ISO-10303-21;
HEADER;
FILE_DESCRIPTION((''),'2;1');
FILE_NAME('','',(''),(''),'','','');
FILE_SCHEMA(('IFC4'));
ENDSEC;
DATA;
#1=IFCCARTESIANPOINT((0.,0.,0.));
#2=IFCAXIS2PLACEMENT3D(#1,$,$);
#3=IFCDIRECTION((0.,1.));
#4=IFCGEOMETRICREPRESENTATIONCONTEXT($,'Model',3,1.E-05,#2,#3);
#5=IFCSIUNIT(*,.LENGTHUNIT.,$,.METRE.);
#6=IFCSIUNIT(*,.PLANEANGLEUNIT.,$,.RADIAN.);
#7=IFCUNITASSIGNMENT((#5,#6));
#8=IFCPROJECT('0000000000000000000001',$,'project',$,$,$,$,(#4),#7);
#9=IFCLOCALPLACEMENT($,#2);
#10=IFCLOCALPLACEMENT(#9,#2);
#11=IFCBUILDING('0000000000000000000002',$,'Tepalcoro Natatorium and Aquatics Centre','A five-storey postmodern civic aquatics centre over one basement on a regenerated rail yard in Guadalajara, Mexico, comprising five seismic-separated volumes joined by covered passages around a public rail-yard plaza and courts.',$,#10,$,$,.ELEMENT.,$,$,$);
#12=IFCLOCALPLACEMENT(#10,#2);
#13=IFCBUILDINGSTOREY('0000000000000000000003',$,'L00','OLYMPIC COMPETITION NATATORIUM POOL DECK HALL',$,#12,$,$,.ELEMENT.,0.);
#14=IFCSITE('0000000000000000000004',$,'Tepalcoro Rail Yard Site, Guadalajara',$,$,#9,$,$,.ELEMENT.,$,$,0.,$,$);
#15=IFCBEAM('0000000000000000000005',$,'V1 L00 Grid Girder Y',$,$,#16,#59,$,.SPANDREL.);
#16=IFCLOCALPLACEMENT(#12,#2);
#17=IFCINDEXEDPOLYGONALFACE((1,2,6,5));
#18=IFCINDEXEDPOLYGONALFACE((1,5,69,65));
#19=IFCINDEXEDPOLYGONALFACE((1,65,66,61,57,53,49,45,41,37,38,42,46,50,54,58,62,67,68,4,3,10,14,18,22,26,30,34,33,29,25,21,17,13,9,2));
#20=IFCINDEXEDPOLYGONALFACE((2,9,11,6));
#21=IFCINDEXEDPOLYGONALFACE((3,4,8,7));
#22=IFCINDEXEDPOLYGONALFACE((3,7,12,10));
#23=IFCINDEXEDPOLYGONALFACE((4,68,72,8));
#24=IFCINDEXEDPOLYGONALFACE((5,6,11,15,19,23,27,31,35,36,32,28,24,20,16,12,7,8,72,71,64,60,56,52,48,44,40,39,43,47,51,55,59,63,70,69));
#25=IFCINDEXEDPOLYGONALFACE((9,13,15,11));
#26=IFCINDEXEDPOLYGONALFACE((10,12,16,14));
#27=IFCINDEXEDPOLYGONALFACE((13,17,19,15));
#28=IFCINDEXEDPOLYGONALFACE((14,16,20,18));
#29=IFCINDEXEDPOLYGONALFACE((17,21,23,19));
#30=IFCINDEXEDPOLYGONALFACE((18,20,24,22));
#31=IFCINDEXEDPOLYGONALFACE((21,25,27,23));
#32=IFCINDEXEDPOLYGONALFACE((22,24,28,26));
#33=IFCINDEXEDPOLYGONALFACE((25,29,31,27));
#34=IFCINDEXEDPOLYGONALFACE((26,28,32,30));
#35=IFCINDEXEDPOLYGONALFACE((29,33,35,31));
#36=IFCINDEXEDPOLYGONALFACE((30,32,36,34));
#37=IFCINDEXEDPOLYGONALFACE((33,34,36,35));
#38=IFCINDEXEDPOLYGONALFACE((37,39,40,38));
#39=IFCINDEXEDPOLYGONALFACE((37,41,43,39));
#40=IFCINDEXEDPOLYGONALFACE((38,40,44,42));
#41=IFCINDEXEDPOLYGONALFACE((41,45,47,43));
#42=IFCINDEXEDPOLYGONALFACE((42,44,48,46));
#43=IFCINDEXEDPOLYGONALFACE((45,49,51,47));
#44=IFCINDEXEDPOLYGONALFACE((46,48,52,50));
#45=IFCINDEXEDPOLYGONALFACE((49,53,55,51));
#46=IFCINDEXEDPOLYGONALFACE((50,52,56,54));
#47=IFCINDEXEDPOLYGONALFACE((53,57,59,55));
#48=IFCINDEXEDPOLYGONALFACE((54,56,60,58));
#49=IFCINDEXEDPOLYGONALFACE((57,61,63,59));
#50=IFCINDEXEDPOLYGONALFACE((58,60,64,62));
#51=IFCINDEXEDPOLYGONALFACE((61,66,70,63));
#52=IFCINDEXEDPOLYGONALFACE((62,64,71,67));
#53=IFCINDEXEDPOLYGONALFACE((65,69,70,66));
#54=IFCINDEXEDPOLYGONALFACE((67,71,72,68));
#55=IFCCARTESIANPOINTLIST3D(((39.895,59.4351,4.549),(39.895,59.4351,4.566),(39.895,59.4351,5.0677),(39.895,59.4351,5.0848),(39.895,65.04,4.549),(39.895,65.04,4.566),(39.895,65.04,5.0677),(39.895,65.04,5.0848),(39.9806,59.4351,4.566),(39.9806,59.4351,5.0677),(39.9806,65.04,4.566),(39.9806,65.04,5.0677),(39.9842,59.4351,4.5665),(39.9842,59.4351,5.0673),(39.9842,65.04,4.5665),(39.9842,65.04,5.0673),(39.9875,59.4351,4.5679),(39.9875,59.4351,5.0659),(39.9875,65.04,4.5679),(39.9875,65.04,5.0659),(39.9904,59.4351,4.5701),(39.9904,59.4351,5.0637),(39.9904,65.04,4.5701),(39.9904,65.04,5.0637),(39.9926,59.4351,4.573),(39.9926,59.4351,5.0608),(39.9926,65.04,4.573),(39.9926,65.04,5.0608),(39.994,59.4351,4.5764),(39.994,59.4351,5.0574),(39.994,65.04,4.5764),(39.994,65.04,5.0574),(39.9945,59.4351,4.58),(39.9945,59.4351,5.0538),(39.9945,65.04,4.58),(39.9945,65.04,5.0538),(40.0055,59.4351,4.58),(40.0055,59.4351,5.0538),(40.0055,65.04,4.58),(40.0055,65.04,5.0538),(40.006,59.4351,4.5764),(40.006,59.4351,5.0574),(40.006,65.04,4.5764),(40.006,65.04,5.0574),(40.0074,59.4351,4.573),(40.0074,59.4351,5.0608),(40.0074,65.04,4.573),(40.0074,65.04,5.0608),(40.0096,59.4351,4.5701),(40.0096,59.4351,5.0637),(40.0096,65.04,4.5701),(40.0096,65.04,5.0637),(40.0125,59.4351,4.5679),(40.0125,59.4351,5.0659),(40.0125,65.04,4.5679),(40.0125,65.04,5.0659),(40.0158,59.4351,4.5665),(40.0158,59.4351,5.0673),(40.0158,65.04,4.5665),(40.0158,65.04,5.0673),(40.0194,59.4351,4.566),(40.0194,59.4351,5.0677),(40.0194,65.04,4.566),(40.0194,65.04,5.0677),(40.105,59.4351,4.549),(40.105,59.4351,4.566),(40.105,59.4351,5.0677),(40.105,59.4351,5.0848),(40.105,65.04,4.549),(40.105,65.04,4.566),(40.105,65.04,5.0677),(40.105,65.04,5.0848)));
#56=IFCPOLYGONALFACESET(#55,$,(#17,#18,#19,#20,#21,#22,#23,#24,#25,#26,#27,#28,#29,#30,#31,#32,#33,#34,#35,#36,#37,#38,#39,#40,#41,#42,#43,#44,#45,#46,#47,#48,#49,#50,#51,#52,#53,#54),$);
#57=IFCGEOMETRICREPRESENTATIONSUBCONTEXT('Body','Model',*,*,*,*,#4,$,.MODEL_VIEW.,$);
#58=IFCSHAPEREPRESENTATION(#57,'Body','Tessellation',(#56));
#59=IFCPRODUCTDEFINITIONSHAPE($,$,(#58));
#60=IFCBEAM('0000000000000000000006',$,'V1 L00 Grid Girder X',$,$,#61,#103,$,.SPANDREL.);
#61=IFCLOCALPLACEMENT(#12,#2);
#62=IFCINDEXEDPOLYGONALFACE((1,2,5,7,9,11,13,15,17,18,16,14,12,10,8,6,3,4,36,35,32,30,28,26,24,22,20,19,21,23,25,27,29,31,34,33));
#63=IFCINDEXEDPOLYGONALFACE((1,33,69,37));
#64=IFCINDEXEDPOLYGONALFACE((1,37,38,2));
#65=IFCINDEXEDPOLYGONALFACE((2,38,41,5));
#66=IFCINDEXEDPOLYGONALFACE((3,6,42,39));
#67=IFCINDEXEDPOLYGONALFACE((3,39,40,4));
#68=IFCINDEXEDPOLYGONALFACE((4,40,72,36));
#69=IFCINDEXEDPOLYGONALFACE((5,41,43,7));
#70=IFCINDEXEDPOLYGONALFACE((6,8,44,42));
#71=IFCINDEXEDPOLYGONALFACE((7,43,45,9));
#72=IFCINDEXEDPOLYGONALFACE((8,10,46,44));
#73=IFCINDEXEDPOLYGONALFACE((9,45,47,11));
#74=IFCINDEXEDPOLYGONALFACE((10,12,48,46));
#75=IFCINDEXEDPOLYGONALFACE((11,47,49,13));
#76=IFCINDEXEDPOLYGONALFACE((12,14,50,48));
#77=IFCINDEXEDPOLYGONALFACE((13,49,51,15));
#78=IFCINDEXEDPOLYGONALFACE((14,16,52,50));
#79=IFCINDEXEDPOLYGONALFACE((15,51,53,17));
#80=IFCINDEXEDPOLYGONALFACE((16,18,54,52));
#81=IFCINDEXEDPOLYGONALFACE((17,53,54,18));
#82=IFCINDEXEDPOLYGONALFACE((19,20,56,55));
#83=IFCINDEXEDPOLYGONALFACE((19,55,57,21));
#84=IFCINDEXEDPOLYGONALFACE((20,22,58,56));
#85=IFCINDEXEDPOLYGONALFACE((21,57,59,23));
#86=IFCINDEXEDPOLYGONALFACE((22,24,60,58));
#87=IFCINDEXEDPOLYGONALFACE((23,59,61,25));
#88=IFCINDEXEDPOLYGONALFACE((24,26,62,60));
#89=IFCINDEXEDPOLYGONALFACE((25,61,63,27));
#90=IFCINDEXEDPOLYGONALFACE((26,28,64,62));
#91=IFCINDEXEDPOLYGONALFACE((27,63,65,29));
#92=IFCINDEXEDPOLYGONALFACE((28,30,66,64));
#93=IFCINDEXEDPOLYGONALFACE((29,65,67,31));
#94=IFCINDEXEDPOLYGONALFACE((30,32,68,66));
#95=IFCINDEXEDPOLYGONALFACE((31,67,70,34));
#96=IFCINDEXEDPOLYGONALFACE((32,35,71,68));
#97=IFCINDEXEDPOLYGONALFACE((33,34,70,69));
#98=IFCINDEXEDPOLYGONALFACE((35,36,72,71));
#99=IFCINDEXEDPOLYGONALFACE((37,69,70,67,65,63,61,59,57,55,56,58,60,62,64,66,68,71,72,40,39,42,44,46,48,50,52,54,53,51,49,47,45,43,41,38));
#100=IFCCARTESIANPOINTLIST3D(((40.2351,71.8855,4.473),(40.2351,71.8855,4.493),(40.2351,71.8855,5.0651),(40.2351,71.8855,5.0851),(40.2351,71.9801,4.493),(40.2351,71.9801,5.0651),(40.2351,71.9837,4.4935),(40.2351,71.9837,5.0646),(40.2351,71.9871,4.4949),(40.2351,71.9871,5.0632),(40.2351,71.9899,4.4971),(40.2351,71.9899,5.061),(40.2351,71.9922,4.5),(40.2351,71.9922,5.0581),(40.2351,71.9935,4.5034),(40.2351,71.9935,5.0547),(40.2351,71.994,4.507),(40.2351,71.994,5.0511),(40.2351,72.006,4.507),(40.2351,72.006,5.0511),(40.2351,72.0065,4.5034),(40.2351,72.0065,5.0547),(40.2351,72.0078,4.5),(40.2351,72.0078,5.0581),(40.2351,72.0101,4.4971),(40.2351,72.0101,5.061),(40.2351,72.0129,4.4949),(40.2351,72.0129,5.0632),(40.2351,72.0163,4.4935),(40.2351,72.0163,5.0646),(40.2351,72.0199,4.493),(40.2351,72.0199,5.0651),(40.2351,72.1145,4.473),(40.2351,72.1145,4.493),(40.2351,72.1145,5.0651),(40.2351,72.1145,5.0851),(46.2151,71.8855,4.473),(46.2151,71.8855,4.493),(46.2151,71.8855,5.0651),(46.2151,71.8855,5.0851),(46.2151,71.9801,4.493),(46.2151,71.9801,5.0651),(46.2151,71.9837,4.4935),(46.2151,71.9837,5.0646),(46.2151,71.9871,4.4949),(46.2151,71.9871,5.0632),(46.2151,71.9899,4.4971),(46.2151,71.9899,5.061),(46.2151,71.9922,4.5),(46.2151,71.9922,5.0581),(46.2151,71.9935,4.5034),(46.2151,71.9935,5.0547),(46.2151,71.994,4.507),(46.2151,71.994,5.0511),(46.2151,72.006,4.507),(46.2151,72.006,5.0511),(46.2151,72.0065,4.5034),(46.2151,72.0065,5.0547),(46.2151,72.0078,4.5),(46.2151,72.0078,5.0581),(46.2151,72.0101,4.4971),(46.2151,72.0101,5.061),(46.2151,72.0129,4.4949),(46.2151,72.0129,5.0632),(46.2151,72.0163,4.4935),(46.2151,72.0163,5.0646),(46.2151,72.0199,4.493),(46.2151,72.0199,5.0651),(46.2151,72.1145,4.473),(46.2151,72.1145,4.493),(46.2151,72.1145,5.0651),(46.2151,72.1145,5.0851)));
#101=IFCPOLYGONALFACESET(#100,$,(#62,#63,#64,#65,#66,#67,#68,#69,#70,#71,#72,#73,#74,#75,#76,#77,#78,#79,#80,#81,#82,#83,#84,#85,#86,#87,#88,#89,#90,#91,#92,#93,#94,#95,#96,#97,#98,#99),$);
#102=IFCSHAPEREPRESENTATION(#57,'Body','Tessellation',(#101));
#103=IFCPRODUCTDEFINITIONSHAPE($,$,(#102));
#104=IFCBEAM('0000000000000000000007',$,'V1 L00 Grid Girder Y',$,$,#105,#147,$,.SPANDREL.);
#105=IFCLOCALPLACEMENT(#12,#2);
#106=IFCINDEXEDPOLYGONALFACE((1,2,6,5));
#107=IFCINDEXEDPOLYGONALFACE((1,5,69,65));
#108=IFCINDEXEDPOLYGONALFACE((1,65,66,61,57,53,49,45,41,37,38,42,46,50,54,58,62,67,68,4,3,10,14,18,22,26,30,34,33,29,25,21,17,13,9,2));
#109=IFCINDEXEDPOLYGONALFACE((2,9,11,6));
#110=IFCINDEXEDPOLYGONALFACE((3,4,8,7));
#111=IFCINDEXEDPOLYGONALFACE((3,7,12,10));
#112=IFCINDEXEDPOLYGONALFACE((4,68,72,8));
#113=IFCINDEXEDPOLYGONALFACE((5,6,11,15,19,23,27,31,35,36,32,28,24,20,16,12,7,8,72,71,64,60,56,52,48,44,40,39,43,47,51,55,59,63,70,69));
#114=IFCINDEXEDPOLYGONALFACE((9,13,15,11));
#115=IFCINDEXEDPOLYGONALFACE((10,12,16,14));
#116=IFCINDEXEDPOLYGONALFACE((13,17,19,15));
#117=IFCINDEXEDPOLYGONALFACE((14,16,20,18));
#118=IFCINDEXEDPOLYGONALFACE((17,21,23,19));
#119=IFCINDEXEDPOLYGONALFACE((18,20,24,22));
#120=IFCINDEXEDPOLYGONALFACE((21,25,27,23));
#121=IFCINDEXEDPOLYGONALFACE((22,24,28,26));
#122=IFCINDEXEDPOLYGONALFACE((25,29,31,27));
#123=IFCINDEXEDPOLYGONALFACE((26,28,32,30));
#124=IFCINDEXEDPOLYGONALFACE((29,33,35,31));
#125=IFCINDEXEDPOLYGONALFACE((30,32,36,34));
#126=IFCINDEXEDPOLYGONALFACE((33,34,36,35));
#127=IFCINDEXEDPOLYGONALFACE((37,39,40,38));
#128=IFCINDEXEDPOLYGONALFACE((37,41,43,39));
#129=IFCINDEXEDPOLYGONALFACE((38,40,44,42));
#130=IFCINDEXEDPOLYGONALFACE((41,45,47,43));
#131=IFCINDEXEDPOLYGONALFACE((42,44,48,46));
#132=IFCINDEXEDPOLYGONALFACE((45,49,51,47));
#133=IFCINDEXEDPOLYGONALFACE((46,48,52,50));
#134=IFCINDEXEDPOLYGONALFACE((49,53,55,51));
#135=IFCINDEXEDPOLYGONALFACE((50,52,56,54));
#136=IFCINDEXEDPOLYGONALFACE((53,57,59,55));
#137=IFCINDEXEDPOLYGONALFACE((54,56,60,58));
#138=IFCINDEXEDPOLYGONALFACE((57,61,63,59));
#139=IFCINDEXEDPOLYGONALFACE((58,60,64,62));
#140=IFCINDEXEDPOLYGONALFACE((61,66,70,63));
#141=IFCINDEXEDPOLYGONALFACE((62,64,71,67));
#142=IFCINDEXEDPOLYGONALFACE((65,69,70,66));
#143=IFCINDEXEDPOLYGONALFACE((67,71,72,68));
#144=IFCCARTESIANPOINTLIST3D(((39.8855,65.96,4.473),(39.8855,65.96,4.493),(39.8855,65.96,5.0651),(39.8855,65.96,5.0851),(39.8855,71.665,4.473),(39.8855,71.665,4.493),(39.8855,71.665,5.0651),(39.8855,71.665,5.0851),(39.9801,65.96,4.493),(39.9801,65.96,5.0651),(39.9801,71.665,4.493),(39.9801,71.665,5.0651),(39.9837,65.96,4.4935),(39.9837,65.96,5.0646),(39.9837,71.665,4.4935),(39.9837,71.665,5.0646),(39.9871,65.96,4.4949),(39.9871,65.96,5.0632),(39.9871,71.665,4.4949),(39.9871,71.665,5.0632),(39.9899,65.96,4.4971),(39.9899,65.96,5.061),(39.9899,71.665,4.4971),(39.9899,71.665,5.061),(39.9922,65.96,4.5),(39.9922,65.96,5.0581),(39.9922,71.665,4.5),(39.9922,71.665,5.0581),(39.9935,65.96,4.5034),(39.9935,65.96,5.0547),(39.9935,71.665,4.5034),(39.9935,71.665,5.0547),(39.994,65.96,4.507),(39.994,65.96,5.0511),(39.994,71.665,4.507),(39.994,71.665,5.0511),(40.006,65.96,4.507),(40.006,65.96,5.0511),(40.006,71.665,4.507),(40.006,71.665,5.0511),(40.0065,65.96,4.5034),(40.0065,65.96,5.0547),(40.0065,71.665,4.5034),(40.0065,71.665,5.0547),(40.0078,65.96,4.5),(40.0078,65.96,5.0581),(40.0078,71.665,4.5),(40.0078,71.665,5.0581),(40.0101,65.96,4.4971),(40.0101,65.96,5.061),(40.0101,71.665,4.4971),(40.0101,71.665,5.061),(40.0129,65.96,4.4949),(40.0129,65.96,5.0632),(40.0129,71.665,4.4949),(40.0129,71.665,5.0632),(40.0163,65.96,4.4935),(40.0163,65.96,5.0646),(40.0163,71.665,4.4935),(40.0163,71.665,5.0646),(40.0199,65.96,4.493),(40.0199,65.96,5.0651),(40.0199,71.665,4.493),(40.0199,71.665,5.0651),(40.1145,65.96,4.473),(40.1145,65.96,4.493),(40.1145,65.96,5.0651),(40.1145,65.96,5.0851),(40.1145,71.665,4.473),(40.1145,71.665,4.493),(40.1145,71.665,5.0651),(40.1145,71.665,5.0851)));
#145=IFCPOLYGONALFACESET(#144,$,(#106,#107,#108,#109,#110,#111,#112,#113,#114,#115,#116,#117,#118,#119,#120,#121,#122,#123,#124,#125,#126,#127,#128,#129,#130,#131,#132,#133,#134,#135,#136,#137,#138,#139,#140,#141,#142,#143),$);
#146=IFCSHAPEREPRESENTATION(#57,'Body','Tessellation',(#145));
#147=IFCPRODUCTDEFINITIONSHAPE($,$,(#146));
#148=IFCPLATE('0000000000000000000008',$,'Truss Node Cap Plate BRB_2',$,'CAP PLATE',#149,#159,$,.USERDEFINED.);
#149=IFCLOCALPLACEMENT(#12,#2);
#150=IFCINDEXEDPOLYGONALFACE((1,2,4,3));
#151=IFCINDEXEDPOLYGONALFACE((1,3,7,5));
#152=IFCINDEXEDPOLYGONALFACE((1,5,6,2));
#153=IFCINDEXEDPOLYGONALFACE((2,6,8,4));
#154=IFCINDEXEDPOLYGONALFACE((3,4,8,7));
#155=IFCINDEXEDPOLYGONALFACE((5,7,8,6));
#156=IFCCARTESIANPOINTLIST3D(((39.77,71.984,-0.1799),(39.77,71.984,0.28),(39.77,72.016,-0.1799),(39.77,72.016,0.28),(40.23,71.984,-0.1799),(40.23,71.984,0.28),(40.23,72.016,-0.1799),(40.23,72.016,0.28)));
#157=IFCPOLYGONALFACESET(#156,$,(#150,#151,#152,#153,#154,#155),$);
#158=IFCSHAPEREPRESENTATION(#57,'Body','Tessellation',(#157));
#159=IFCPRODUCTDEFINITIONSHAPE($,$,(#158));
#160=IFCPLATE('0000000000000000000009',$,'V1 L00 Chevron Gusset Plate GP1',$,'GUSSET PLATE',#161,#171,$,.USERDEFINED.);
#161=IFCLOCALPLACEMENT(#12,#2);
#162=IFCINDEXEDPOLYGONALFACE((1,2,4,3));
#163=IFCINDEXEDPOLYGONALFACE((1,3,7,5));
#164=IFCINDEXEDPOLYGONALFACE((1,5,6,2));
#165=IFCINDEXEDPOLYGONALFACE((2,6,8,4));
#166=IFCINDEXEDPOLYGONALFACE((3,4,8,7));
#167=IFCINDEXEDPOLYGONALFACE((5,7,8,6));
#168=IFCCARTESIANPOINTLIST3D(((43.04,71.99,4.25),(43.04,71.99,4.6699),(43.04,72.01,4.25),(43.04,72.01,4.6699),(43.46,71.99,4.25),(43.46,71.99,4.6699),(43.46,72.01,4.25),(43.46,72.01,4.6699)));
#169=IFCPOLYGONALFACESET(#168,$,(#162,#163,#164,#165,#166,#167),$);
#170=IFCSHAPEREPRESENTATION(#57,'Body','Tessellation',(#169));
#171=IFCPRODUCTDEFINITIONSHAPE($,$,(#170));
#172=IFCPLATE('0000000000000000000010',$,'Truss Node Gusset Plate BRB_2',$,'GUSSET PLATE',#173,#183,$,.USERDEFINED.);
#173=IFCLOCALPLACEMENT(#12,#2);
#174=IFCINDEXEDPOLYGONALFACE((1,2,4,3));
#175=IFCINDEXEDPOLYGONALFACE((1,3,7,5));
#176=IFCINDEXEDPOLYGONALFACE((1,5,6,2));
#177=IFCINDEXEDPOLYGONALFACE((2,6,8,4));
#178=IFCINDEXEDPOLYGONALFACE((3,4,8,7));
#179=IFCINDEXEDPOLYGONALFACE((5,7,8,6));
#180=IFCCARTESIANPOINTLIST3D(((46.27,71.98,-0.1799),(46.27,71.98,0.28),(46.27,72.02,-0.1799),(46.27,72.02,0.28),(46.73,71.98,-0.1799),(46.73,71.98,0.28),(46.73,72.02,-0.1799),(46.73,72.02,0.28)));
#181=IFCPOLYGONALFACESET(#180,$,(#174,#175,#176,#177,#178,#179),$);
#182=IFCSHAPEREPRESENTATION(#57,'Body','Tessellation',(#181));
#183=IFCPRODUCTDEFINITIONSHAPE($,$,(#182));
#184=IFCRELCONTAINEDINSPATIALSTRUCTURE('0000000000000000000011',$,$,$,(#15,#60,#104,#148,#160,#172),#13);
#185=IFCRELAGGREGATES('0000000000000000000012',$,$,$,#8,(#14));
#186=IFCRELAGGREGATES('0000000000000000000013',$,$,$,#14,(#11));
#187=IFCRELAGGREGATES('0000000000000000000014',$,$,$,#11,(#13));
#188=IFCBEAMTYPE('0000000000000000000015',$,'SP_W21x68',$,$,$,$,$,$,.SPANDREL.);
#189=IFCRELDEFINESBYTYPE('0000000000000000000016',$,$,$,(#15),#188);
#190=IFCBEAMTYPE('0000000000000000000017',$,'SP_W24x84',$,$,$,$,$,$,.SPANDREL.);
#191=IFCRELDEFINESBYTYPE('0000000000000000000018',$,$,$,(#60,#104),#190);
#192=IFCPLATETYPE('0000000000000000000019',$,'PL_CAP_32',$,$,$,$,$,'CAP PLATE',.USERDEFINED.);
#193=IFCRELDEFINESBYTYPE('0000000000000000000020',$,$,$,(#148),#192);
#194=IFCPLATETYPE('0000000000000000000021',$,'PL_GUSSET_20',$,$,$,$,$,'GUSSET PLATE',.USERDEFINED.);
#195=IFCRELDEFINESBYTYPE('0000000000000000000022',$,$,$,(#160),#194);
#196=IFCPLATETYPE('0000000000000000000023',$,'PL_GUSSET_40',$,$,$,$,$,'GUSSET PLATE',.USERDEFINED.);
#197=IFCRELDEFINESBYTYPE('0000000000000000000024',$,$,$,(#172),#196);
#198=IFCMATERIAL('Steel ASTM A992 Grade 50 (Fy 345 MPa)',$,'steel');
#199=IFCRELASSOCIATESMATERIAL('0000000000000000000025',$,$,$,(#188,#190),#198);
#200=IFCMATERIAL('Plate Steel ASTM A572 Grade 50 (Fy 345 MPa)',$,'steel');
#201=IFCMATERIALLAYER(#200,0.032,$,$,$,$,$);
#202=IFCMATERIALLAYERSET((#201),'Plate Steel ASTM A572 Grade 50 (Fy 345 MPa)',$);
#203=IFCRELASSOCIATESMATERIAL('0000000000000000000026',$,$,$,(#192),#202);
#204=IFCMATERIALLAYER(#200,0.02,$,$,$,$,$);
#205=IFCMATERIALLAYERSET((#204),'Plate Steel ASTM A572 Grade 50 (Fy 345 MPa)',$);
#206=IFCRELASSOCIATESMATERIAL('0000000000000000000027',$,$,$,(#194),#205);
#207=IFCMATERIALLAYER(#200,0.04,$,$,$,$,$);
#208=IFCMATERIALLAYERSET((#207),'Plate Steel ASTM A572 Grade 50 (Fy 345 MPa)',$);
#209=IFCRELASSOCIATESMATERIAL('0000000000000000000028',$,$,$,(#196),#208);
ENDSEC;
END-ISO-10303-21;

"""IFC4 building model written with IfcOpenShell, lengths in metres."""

from ifc_helpers import new_model, si_unit, direction, frame, origin, origin_2d, place, context, subcontext, project, spatial, rectangle, i_section, extrude, material, layer, layer_set, material_profile, profile_set, type_object, element, save


model = new_model("IFC4")

# Units and contexts
model_context = context("Model", 3, precision=1e-05, world=origin(), true_north=direction((0.0, 1.0)))
body_context = subcontext(model_context, "Body", "Model", "MODEL_VIEW")
ifc_project = project(units=[si_unit("LENGTHUNIT", "METRE"), si_unit("PLANEANGLEUNIT", "RADIAN")], contexts=[model_context])

# Site, building, storey
site_placement = place(None, origin())
site = spatial("IfcSite", under=ifc_project, at=site_placement, Name="Tepalcoro Rail Yard Site, Guadalajara", CompositionType="ELEMENT", RefElevation=0.0)
building_placement = place(site_placement, origin())
building = spatial("IfcBuilding", under=site, at=building_placement, Name="Tepalcoro Natatorium and Aquatics Centre", Description="A five-storey postmodern civic aquatics centre over one basement on a regenerated rail yard in Guadalajara, Mexico, comprising five seismic-separated volumes joined by covered passages around a public rail-yard plaza and courts.", CompositionType="ELEMENT")
storey_placement = place(building_placement, origin())
storey = spatial("IfcBuildingStorey", under=building, at=storey_placement, Name="L00", Description="OLYMPIC COMPETITION NATATORIUM POOL DECK HALL", CompositionType="ELEMENT", Elevation=0.0)

# Shared definitions
ifc_material_1 = material(Name="Steel ASTM A992 Grade 50 (Fy 345 MPa)", Category="steel")

# Beams
ifc_material_profile_1 = material_profile(ifc_material_1, i_section(OverallWidth=0.21, OverallDepth=0.5359, WebThickness=0.011, FlangeThickness=0.0171, FilletRadius=0.0139, at=origin_2d()), Name="W21X68")
ifc_profile_set_1 = profile_set([ifc_material_profile_1], Name="Steel ASTM A992 Grade 50 (Fy 345 MPa)")
beam_type_1 = type_object("IfcBeamType", Name="SP_W21x68", PredefinedType="SPANDREL", material=ifc_profile_set_1)
beam_1_placement = place(storey_placement, frame((40.0, 59.4351, 4.8169), z_axis=(0.0, 1.0, 0.0), x_axis=(-1.0, 0.0, 0.0)))
element("IfcBeam", 1, at=beam_1_placement, inside=storey, type_object=beam_type_1, Name="V1 L00 Grid Girder Y", PredefinedType="SPANDREL", context=body_context, shape_type="SweptSolid", body=[
    extrude(i_section(OverallWidth=0.21, OverallDepth=0.5359, WebThickness=0.011, FlangeThickness=0.0171, FilletRadius=0.0139, at=origin_2d()), origin(), (0.0, 0.0, 1.0), 5.605),
])
ifc_material_profile_2 = material_profile(ifc_material_1, i_section(OverallWidth=0.229, OverallDepth=0.6121, WebThickness=0.012, FlangeThickness=0.02, FilletRadius=0.0139, at=origin_2d()), Name="W24X84")
ifc_profile_set_2 = profile_set([ifc_material_profile_2], Name="Steel ASTM A992 Grade 50 (Fy 345 MPa)")
beam_type_2 = type_object("IfcBeamType", Name="SP_W24x84", PredefinedType="SPANDREL", material=ifc_profile_set_2)
beam_2_placement = place(storey_placement, frame((40.2351, 72.0, 4.7791), z_axis=(1.0, 0.0, 0.0), x_axis=(0.0, 1.0, 0.0)))
element("IfcBeam", 2, at=beam_2_placement, inside=storey, type_object=beam_type_2, Name="V1 L00 Grid Girder X", PredefinedType="SPANDREL", context=body_context, shape_type="SweptSolid", body=[
    extrude(i_section(OverallWidth=0.229, OverallDepth=0.6121, WebThickness=0.012, FlangeThickness=0.02, FilletRadius=0.0139, at=origin_2d()), origin(), (0.0, 0.0, 1.0), 5.98),
])
beam_3_placement = place(storey_placement, frame((40.0, 65.96, 4.7791), z_axis=(0.0, 1.0, 0.0), x_axis=(-1.0, 0.0, 0.0)))
element("IfcBeam", 3, at=beam_3_placement, inside=storey, type_object=beam_type_2, Name="V1 L00 Grid Girder Y", PredefinedType="SPANDREL", context=body_context, shape_type="SweptSolid", body=[
    extrude(i_section(OverallWidth=0.229, OverallDepth=0.6121, WebThickness=0.012, FlangeThickness=0.02, FilletRadius=0.0139, at=origin_2d()), origin(), (0.0, 0.0, 1.0), 5.7051),
])

# Plates
ifc_material_2 = material(Name="Plate Steel ASTM A572 Grade 50 (Fy 345 MPa)", Category="steel")
ifc_layer_1 = layer(ifc_material_2, 0.032)
ifc_layer_set_1 = layer_set([ifc_layer_1], Name="Plate Steel ASTM A572 Grade 50 (Fy 345 MPa)")
plate_type_1 = type_object("IfcPlateType", Name="PL_CAP_32", ElementType="CAP PLATE", PredefinedType="USERDEFINED", material=ifc_layer_set_1)
plate_1_placement = place(storey_placement, frame((40.0, 72.0, -0.1799), z_axis=(0.0, 0.0, 1.0), x_axis=(1.0, 0.0, 0.0)))
element("IfcPlate", 4, at=plate_1_placement, inside=storey, type_object=plate_type_1, Name="Truss Node Cap Plate BRB_2", ObjectType="CAP PLATE", PredefinedType="USERDEFINED", context=body_context, shape_type="SweptSolid", body=[
    extrude(rectangle(XDim=0.46, YDim=0.032, at=origin_2d()), origin(), (0.0, 0.0, 1.0), 0.46),
])
ifc_layer_2 = layer(ifc_material_2, 0.02)
ifc_layer_set_2 = layer_set([ifc_layer_2], Name="Plate Steel ASTM A572 Grade 50 (Fy 345 MPa)")
plate_type_2 = type_object("IfcPlateType", Name="PL_GUSSET_20", ElementType="GUSSET PLATE", PredefinedType="USERDEFINED", material=ifc_layer_set_2)
plate_2_placement = place(storey_placement, frame((43.25, 72.0, 4.25), z_axis=(0.0, 0.0, 1.0), x_axis=(1.0, 0.0, 0.0)))
element("IfcPlate", 5, at=plate_2_placement, inside=storey, type_object=plate_type_2, Name="V1 L00 Chevron Gusset Plate GP1", ObjectType="GUSSET PLATE", PredefinedType="USERDEFINED", context=body_context, shape_type="SweptSolid", body=[
    extrude(rectangle(XDim=0.4199, YDim=0.02, at=origin_2d()), origin(), (0.0, 0.0, 1.0), 0.4199),
])
ifc_layer_3 = layer(ifc_material_2, 0.04)
ifc_layer_set_3 = layer_set([ifc_layer_3], Name="Plate Steel ASTM A572 Grade 50 (Fy 345 MPa)")
plate_type_3 = type_object("IfcPlateType", Name="PL_GUSSET_40", ElementType="GUSSET PLATE", PredefinedType="USERDEFINED", material=ifc_layer_set_3)
plate_3_placement = place(storey_placement, frame((46.5, 72.0, -0.1799), z_axis=(0.0, 0.0, 1.0), x_axis=(1.0, 0.0, 0.0)))
element("IfcPlate", 6, at=plate_3_placement, inside=storey, type_object=plate_type_3, Name="Truss Node Gusset Plate BRB_2", ObjectType="GUSSET PLATE", PredefinedType="USERDEFINED", context=body_context, shape_type="SweptSolid", body=[
    extrude(rectangle(XDim=0.46, YDim=0.04, at=origin_2d()), origin(), (0.0, 0.0, 1.0), 0.46),
])

save(model, "model.ifc")
